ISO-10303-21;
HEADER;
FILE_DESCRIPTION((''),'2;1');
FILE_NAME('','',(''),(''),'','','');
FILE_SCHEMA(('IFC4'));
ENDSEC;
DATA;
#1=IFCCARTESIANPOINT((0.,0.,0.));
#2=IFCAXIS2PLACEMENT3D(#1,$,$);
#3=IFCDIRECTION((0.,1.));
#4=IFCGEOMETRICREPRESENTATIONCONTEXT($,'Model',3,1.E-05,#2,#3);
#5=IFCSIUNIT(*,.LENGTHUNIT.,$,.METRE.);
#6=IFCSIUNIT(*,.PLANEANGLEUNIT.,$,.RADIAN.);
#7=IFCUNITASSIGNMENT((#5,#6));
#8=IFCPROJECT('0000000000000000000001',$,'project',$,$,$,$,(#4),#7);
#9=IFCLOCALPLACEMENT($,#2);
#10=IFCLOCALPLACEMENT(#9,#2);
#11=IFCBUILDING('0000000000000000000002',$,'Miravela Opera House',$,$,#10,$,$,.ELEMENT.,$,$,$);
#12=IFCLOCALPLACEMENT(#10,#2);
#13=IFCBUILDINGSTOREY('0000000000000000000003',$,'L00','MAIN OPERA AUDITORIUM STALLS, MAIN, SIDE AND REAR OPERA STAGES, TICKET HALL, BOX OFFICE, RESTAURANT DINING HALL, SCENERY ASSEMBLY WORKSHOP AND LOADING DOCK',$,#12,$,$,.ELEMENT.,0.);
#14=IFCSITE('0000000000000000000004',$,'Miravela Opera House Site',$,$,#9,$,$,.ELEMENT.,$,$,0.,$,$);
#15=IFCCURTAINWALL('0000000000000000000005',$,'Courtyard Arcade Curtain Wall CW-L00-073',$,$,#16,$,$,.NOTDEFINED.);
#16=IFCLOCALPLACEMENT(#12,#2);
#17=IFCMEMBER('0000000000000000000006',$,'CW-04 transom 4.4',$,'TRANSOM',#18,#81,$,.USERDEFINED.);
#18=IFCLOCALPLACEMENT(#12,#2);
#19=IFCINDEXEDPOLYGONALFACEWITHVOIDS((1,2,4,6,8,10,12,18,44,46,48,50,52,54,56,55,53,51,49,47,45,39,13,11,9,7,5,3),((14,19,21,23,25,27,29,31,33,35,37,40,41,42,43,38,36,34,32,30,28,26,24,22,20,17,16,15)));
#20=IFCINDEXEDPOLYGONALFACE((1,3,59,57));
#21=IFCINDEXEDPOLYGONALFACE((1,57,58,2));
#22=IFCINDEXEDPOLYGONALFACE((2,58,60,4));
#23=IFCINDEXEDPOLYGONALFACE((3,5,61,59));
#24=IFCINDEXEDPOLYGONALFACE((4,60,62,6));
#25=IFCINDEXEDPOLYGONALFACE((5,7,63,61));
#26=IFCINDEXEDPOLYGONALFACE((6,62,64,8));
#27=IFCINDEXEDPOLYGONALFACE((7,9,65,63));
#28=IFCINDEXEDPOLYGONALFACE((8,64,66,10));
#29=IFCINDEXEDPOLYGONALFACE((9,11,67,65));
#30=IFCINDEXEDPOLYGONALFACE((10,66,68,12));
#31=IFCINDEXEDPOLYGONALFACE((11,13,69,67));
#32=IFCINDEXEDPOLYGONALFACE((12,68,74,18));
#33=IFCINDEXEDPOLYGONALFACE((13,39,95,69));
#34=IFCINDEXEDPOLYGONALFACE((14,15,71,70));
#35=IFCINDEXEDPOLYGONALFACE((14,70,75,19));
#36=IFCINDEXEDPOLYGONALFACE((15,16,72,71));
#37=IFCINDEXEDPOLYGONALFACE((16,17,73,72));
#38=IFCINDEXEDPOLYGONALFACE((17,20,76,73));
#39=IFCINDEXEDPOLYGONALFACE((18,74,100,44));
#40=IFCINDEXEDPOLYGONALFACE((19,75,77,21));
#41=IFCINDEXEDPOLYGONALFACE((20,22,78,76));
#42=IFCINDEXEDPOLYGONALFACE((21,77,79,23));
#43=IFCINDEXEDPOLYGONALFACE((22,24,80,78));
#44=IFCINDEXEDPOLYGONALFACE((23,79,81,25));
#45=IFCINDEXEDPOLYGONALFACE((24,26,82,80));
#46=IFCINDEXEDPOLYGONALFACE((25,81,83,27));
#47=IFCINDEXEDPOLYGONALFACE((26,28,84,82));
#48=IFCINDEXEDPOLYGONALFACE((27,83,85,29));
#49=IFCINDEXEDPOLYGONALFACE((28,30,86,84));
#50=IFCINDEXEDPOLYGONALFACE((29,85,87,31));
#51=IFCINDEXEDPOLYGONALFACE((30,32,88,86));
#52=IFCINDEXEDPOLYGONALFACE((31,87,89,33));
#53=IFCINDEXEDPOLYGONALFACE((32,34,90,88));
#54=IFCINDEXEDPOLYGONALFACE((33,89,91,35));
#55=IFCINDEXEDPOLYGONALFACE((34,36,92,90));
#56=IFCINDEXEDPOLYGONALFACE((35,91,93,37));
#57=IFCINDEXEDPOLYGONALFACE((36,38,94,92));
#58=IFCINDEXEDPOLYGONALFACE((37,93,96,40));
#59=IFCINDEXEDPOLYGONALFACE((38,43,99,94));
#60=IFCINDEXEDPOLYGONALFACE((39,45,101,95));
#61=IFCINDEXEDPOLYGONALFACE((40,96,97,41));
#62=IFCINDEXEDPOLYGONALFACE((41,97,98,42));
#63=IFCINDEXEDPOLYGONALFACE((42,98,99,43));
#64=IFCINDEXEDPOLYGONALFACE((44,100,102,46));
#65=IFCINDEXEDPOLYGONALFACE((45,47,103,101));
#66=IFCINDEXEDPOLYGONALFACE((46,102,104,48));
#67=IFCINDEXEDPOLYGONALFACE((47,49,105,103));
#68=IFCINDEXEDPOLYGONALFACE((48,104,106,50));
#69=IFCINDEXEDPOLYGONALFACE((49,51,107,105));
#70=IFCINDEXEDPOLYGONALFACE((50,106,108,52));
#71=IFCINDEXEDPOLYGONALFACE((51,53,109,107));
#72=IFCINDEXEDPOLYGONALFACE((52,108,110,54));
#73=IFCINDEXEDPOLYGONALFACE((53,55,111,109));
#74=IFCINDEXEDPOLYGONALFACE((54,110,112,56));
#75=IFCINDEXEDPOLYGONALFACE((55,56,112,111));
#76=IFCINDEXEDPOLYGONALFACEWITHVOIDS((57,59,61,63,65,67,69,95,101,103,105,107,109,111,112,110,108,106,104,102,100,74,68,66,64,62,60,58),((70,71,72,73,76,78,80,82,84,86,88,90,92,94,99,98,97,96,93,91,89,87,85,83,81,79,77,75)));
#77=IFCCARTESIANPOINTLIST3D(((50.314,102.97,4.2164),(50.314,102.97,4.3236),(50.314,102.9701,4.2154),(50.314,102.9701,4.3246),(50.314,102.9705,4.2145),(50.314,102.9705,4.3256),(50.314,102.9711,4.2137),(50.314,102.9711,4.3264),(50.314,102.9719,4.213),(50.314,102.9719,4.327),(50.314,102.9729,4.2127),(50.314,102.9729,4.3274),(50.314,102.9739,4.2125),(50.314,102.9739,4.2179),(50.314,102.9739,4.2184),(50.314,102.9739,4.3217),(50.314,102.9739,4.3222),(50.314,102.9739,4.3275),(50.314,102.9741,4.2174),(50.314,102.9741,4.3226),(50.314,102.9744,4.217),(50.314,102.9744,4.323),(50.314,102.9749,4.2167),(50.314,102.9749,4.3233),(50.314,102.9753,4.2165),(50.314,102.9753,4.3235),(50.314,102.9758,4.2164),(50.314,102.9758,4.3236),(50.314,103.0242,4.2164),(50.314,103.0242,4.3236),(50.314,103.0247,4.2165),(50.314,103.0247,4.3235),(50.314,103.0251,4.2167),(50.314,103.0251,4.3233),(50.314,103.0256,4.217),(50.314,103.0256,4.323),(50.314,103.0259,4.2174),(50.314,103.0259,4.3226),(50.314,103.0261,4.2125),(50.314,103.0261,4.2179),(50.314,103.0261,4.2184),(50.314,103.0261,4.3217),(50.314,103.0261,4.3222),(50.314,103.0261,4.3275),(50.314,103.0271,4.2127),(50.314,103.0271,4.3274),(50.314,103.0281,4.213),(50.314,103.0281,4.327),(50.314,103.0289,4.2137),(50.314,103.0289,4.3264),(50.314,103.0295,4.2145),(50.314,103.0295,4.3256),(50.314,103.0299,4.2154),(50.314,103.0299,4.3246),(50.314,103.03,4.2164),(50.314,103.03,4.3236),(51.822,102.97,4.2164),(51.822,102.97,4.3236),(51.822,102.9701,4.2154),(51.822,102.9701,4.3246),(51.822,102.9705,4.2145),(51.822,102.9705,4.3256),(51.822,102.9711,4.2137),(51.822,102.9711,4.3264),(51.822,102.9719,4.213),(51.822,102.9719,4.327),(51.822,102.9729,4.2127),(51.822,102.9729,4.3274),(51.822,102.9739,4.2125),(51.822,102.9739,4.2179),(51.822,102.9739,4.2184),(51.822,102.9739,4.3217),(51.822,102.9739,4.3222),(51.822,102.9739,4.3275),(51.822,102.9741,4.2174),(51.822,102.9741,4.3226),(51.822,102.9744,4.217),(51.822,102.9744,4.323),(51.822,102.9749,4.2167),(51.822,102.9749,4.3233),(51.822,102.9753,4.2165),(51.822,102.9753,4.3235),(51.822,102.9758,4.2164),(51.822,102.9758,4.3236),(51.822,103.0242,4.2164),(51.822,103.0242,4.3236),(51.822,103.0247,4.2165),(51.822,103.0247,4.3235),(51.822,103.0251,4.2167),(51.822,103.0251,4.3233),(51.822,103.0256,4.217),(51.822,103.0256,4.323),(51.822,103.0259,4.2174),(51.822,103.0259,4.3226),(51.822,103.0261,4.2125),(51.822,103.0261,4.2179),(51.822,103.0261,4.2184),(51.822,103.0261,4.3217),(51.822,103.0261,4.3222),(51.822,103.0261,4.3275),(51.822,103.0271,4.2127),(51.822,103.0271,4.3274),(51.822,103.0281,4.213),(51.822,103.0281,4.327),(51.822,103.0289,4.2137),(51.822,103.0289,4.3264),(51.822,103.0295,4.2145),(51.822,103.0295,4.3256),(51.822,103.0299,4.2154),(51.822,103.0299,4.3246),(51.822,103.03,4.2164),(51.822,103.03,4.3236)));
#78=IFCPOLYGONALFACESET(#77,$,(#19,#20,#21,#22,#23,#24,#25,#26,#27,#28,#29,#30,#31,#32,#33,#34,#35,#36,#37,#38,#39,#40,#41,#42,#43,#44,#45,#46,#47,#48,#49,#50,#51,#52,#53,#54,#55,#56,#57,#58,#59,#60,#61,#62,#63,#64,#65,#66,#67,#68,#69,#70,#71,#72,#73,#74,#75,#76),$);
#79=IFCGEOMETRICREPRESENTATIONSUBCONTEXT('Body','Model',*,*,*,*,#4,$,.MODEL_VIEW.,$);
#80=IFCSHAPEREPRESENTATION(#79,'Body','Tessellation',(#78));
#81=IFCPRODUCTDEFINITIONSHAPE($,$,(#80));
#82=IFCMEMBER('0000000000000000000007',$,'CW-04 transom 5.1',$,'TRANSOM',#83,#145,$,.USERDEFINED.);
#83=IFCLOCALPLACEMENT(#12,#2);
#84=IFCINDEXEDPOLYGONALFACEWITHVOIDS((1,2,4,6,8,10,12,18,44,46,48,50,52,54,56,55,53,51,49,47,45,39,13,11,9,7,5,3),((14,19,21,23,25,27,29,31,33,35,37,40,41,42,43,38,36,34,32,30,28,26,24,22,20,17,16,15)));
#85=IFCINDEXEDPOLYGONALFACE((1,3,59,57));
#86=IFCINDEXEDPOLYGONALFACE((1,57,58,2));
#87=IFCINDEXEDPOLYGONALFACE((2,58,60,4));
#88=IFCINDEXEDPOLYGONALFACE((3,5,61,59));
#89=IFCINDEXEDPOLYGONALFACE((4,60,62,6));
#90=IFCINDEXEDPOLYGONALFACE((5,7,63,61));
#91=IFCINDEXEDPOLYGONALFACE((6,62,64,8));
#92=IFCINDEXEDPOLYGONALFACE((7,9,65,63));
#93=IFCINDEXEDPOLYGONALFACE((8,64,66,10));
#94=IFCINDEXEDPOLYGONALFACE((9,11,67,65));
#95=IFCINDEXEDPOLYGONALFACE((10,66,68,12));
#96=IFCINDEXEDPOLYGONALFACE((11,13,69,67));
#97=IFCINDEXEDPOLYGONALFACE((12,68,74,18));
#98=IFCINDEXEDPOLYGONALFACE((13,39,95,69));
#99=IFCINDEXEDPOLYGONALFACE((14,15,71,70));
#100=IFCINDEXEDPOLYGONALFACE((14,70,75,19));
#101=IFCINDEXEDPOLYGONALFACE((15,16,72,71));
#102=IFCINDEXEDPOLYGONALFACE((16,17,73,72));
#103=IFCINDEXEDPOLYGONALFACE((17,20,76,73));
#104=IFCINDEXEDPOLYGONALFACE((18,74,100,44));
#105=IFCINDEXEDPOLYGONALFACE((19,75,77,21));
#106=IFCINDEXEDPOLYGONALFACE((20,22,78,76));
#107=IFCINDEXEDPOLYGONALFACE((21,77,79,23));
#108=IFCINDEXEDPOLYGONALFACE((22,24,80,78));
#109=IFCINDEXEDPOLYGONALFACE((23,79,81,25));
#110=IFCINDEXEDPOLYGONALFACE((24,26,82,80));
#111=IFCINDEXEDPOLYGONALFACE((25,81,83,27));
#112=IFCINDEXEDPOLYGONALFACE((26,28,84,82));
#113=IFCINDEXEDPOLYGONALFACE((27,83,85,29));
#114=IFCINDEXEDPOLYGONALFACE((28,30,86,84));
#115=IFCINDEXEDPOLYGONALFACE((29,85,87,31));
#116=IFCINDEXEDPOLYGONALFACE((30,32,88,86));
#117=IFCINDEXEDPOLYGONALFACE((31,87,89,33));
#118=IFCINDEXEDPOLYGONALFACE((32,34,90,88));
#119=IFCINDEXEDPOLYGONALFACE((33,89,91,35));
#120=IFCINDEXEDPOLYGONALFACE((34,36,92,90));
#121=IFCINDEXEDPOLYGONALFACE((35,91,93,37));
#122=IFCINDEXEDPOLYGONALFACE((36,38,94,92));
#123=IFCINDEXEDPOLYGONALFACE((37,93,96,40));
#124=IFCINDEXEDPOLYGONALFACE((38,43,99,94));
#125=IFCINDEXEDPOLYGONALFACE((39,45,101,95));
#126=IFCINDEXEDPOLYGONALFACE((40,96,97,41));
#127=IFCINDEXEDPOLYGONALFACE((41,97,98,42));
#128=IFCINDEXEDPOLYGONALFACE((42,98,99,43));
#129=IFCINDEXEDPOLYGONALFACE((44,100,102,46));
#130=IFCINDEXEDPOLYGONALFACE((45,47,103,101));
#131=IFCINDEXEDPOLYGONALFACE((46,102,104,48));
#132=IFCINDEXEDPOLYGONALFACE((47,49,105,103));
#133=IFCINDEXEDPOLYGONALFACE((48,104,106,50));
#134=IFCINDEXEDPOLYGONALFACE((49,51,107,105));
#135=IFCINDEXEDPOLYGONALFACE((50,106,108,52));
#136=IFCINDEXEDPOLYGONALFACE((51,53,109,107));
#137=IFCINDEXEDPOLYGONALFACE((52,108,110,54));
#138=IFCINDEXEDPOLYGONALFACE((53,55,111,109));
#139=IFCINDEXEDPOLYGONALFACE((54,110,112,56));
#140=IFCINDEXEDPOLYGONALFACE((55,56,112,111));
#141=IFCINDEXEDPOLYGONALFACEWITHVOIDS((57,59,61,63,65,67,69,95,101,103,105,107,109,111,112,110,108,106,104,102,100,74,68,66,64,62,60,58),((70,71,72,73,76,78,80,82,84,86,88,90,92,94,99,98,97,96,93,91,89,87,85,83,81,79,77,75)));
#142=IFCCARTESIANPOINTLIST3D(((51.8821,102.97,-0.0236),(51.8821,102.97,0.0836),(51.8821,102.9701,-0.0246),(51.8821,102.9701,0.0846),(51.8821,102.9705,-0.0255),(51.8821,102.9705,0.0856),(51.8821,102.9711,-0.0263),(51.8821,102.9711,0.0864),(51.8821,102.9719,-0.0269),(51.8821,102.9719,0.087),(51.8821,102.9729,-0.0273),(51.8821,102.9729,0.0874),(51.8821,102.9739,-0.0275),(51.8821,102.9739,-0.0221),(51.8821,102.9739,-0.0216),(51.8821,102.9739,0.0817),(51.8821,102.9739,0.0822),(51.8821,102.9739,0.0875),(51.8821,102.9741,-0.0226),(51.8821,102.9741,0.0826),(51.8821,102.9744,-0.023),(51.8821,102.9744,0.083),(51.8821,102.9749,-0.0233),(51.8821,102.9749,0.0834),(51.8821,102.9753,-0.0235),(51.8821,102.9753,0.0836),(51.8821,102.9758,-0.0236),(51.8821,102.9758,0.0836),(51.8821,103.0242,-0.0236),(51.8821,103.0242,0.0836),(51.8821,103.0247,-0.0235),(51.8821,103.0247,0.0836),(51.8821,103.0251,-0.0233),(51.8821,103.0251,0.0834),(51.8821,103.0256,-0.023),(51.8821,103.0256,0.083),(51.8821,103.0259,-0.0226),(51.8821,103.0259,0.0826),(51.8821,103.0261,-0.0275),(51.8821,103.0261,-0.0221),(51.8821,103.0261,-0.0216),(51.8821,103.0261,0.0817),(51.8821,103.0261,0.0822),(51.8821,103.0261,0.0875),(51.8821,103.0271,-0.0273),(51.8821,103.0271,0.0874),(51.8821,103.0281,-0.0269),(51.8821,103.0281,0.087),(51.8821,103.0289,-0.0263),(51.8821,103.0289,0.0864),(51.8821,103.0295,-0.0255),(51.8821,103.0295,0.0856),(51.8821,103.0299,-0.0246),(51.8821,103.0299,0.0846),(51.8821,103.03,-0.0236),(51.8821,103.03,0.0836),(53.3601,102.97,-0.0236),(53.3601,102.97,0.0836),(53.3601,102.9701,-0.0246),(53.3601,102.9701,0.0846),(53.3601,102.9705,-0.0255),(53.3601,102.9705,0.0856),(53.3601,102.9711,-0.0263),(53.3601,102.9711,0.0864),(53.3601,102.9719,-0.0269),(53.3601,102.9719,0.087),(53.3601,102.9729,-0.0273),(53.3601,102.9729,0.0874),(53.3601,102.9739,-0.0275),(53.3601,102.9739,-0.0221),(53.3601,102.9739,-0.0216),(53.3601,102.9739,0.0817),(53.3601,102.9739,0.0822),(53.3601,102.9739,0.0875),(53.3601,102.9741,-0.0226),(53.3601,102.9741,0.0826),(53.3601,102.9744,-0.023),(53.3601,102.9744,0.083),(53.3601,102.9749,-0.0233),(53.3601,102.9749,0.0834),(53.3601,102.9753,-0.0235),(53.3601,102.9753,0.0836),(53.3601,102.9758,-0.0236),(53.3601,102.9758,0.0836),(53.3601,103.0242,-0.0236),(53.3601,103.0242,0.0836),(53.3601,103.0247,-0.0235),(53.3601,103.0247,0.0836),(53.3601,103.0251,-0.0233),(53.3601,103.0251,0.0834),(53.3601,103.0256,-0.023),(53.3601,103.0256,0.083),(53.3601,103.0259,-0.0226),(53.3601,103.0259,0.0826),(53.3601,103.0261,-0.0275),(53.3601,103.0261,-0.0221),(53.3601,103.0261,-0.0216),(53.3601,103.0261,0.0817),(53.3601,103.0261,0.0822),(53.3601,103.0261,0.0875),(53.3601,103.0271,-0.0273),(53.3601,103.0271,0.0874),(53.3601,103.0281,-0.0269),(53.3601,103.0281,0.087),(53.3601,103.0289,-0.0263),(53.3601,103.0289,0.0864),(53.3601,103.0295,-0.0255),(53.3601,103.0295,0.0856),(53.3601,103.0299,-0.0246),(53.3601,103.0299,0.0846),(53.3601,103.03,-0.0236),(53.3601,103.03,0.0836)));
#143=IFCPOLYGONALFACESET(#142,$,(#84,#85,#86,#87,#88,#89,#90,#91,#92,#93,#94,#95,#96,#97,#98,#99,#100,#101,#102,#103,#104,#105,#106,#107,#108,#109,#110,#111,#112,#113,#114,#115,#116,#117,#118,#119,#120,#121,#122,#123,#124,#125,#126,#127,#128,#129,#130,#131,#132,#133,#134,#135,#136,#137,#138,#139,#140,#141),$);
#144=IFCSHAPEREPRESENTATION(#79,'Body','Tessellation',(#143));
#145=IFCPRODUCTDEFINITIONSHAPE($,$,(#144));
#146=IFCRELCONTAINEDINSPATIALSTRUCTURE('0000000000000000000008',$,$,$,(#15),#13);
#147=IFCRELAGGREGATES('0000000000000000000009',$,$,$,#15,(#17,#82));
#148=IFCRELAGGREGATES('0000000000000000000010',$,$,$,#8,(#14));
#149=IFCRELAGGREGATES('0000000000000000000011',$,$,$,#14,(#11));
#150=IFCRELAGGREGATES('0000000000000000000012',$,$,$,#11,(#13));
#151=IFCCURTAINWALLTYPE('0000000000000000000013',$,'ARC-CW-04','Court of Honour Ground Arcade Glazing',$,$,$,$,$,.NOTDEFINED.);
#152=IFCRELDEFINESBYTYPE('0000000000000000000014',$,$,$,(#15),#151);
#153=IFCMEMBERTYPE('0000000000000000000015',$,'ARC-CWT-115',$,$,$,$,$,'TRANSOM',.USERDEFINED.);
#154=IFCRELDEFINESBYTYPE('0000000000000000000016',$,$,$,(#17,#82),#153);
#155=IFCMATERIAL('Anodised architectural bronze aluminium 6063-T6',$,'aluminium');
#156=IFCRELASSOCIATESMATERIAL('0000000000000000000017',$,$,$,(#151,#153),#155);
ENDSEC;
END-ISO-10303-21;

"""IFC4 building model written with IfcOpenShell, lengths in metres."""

from ifc_helpers import new_model, si_unit, direction, frame, origin, origin_2d, place, context, subcontext, project, spatial, hollow_rectangle, extrude, material, material_profile, profile_set, type_object, element, aggregate, save


model = new_model("IFC4")

# Units and contexts
model_context = context("Model", 3, precision=1e-05, world=origin(), true_north=direction((0.0, 1.0)))
body_context = subcontext(model_context, "Body", "Model", "MODEL_VIEW")
ifc_project = project(units=[si_unit("LENGTHUNIT", "METRE"), si_unit("PLANEANGLEUNIT", "RADIAN")], contexts=[model_context])

# Site, building, storey
site_placement = place(None, origin())
site = spatial("IfcSite", under=ifc_project, at=site_placement, Name="Miravela Opera House Site", CompositionType="ELEMENT", RefElevation=0.0)
building_placement = place(site_placement, origin())
building = spatial("IfcBuilding", under=site, at=building_placement, Name="Miravela Opera House", CompositionType="ELEMENT")
storey_placement = place(building_placement, origin())
storey = spatial("IfcBuildingStorey", under=building, at=storey_placement, Name="L00", Description="MAIN OPERA AUDITORIUM STALLS, MAIN, SIDE AND REAR OPERA STAGES, TICKET HALL, BOX OFFICE, RESTAURANT DINING HALL, SCENERY ASSEMBLY WORKSHOP AND LOADING DOCK", CompositionType="ELEMENT", Elevation=0.0)

# Curtain wall
ifc_material_1 = material(Name="Anodised architectural bronze aluminium 6063-T6", Category="aluminium")
curtain_wall_type = type_object("IfcCurtainWallType", Name="ARC-CW-04", Description="Court of Honour Ground Arcade Glazing", PredefinedType="NOTDEFINED", material=ifc_material_1)
curtain_wall_1_placement = place(storey_placement, origin())
curtain_wall_1 = element("IfcCurtainWall", 1, at=curtain_wall_1_placement, inside=storey, type_object=curtain_wall_type, Name="Courtyard Arcade Curtain Wall CW-L00-073", PredefinedType="NOTDEFINED")

# Members
ifc_material_profile_1 = material_profile(ifc_material_1, hollow_rectangle(XDim=0.0601, YDim=0.115, WallThickness=0.0039, InnerFilletRadius=0.002, OuterFilletRadius=0.0039, at=origin_2d()), Name="CWT-60X115")
ifc_profile_set_1 = profile_set([ifc_material_profile_1])
member_type_1 = type_object("IfcMemberType", Name="ARC-CWT-115", ElementType="TRANSOM", PredefinedType="USERDEFINED", material=ifc_profile_set_1)
member_1_placement = place(storey_placement, frame((50.314, 103.0, 4.27), z_axis=(1.0, 0.0, 0.0), x_axis=(0.0, 1.0, 0.0)))
member_1 = element("IfcMember", 2, at=member_1_placement, type_object=member_type_1, Name="CW-04 transom 4.4", ObjectType="TRANSOM", PredefinedType="USERDEFINED", context=body_context, shape_type="SweptSolid", body=[
    extrude(hollow_rectangle(XDim=0.0601, YDim=0.115, WallThickness=0.0039, InnerFilletRadius=0.002, OuterFilletRadius=0.0039, at=origin_2d()), origin(), (0.0, 0.0, 1.0), 1.5081),
])
member_2_placement = place(storey_placement, frame((51.8821, 103.0, 0.03), z_axis=(1.0, 0.0, 0.0), x_axis=(0.0, 1.0, 0.0)))
member_2 = element("IfcMember", 3, at=member_2_placement, type_object=member_type_1, Name="CW-04 transom 5.1", ObjectType="TRANSOM", PredefinedType="USERDEFINED", context=body_context, shape_type="SweptSolid", body=[
    extrude(hollow_rectangle(XDim=0.0601, YDim=0.115, WallThickness=0.0039, InnerFilletRadius=0.002, OuterFilletRadius=0.0039, at=origin_2d()), origin(), (0.0, 0.0, 1.0), 1.478),
])

aggregate(curtain_wall_1, [member_1, member_2])

save(model, "model.ifc")
